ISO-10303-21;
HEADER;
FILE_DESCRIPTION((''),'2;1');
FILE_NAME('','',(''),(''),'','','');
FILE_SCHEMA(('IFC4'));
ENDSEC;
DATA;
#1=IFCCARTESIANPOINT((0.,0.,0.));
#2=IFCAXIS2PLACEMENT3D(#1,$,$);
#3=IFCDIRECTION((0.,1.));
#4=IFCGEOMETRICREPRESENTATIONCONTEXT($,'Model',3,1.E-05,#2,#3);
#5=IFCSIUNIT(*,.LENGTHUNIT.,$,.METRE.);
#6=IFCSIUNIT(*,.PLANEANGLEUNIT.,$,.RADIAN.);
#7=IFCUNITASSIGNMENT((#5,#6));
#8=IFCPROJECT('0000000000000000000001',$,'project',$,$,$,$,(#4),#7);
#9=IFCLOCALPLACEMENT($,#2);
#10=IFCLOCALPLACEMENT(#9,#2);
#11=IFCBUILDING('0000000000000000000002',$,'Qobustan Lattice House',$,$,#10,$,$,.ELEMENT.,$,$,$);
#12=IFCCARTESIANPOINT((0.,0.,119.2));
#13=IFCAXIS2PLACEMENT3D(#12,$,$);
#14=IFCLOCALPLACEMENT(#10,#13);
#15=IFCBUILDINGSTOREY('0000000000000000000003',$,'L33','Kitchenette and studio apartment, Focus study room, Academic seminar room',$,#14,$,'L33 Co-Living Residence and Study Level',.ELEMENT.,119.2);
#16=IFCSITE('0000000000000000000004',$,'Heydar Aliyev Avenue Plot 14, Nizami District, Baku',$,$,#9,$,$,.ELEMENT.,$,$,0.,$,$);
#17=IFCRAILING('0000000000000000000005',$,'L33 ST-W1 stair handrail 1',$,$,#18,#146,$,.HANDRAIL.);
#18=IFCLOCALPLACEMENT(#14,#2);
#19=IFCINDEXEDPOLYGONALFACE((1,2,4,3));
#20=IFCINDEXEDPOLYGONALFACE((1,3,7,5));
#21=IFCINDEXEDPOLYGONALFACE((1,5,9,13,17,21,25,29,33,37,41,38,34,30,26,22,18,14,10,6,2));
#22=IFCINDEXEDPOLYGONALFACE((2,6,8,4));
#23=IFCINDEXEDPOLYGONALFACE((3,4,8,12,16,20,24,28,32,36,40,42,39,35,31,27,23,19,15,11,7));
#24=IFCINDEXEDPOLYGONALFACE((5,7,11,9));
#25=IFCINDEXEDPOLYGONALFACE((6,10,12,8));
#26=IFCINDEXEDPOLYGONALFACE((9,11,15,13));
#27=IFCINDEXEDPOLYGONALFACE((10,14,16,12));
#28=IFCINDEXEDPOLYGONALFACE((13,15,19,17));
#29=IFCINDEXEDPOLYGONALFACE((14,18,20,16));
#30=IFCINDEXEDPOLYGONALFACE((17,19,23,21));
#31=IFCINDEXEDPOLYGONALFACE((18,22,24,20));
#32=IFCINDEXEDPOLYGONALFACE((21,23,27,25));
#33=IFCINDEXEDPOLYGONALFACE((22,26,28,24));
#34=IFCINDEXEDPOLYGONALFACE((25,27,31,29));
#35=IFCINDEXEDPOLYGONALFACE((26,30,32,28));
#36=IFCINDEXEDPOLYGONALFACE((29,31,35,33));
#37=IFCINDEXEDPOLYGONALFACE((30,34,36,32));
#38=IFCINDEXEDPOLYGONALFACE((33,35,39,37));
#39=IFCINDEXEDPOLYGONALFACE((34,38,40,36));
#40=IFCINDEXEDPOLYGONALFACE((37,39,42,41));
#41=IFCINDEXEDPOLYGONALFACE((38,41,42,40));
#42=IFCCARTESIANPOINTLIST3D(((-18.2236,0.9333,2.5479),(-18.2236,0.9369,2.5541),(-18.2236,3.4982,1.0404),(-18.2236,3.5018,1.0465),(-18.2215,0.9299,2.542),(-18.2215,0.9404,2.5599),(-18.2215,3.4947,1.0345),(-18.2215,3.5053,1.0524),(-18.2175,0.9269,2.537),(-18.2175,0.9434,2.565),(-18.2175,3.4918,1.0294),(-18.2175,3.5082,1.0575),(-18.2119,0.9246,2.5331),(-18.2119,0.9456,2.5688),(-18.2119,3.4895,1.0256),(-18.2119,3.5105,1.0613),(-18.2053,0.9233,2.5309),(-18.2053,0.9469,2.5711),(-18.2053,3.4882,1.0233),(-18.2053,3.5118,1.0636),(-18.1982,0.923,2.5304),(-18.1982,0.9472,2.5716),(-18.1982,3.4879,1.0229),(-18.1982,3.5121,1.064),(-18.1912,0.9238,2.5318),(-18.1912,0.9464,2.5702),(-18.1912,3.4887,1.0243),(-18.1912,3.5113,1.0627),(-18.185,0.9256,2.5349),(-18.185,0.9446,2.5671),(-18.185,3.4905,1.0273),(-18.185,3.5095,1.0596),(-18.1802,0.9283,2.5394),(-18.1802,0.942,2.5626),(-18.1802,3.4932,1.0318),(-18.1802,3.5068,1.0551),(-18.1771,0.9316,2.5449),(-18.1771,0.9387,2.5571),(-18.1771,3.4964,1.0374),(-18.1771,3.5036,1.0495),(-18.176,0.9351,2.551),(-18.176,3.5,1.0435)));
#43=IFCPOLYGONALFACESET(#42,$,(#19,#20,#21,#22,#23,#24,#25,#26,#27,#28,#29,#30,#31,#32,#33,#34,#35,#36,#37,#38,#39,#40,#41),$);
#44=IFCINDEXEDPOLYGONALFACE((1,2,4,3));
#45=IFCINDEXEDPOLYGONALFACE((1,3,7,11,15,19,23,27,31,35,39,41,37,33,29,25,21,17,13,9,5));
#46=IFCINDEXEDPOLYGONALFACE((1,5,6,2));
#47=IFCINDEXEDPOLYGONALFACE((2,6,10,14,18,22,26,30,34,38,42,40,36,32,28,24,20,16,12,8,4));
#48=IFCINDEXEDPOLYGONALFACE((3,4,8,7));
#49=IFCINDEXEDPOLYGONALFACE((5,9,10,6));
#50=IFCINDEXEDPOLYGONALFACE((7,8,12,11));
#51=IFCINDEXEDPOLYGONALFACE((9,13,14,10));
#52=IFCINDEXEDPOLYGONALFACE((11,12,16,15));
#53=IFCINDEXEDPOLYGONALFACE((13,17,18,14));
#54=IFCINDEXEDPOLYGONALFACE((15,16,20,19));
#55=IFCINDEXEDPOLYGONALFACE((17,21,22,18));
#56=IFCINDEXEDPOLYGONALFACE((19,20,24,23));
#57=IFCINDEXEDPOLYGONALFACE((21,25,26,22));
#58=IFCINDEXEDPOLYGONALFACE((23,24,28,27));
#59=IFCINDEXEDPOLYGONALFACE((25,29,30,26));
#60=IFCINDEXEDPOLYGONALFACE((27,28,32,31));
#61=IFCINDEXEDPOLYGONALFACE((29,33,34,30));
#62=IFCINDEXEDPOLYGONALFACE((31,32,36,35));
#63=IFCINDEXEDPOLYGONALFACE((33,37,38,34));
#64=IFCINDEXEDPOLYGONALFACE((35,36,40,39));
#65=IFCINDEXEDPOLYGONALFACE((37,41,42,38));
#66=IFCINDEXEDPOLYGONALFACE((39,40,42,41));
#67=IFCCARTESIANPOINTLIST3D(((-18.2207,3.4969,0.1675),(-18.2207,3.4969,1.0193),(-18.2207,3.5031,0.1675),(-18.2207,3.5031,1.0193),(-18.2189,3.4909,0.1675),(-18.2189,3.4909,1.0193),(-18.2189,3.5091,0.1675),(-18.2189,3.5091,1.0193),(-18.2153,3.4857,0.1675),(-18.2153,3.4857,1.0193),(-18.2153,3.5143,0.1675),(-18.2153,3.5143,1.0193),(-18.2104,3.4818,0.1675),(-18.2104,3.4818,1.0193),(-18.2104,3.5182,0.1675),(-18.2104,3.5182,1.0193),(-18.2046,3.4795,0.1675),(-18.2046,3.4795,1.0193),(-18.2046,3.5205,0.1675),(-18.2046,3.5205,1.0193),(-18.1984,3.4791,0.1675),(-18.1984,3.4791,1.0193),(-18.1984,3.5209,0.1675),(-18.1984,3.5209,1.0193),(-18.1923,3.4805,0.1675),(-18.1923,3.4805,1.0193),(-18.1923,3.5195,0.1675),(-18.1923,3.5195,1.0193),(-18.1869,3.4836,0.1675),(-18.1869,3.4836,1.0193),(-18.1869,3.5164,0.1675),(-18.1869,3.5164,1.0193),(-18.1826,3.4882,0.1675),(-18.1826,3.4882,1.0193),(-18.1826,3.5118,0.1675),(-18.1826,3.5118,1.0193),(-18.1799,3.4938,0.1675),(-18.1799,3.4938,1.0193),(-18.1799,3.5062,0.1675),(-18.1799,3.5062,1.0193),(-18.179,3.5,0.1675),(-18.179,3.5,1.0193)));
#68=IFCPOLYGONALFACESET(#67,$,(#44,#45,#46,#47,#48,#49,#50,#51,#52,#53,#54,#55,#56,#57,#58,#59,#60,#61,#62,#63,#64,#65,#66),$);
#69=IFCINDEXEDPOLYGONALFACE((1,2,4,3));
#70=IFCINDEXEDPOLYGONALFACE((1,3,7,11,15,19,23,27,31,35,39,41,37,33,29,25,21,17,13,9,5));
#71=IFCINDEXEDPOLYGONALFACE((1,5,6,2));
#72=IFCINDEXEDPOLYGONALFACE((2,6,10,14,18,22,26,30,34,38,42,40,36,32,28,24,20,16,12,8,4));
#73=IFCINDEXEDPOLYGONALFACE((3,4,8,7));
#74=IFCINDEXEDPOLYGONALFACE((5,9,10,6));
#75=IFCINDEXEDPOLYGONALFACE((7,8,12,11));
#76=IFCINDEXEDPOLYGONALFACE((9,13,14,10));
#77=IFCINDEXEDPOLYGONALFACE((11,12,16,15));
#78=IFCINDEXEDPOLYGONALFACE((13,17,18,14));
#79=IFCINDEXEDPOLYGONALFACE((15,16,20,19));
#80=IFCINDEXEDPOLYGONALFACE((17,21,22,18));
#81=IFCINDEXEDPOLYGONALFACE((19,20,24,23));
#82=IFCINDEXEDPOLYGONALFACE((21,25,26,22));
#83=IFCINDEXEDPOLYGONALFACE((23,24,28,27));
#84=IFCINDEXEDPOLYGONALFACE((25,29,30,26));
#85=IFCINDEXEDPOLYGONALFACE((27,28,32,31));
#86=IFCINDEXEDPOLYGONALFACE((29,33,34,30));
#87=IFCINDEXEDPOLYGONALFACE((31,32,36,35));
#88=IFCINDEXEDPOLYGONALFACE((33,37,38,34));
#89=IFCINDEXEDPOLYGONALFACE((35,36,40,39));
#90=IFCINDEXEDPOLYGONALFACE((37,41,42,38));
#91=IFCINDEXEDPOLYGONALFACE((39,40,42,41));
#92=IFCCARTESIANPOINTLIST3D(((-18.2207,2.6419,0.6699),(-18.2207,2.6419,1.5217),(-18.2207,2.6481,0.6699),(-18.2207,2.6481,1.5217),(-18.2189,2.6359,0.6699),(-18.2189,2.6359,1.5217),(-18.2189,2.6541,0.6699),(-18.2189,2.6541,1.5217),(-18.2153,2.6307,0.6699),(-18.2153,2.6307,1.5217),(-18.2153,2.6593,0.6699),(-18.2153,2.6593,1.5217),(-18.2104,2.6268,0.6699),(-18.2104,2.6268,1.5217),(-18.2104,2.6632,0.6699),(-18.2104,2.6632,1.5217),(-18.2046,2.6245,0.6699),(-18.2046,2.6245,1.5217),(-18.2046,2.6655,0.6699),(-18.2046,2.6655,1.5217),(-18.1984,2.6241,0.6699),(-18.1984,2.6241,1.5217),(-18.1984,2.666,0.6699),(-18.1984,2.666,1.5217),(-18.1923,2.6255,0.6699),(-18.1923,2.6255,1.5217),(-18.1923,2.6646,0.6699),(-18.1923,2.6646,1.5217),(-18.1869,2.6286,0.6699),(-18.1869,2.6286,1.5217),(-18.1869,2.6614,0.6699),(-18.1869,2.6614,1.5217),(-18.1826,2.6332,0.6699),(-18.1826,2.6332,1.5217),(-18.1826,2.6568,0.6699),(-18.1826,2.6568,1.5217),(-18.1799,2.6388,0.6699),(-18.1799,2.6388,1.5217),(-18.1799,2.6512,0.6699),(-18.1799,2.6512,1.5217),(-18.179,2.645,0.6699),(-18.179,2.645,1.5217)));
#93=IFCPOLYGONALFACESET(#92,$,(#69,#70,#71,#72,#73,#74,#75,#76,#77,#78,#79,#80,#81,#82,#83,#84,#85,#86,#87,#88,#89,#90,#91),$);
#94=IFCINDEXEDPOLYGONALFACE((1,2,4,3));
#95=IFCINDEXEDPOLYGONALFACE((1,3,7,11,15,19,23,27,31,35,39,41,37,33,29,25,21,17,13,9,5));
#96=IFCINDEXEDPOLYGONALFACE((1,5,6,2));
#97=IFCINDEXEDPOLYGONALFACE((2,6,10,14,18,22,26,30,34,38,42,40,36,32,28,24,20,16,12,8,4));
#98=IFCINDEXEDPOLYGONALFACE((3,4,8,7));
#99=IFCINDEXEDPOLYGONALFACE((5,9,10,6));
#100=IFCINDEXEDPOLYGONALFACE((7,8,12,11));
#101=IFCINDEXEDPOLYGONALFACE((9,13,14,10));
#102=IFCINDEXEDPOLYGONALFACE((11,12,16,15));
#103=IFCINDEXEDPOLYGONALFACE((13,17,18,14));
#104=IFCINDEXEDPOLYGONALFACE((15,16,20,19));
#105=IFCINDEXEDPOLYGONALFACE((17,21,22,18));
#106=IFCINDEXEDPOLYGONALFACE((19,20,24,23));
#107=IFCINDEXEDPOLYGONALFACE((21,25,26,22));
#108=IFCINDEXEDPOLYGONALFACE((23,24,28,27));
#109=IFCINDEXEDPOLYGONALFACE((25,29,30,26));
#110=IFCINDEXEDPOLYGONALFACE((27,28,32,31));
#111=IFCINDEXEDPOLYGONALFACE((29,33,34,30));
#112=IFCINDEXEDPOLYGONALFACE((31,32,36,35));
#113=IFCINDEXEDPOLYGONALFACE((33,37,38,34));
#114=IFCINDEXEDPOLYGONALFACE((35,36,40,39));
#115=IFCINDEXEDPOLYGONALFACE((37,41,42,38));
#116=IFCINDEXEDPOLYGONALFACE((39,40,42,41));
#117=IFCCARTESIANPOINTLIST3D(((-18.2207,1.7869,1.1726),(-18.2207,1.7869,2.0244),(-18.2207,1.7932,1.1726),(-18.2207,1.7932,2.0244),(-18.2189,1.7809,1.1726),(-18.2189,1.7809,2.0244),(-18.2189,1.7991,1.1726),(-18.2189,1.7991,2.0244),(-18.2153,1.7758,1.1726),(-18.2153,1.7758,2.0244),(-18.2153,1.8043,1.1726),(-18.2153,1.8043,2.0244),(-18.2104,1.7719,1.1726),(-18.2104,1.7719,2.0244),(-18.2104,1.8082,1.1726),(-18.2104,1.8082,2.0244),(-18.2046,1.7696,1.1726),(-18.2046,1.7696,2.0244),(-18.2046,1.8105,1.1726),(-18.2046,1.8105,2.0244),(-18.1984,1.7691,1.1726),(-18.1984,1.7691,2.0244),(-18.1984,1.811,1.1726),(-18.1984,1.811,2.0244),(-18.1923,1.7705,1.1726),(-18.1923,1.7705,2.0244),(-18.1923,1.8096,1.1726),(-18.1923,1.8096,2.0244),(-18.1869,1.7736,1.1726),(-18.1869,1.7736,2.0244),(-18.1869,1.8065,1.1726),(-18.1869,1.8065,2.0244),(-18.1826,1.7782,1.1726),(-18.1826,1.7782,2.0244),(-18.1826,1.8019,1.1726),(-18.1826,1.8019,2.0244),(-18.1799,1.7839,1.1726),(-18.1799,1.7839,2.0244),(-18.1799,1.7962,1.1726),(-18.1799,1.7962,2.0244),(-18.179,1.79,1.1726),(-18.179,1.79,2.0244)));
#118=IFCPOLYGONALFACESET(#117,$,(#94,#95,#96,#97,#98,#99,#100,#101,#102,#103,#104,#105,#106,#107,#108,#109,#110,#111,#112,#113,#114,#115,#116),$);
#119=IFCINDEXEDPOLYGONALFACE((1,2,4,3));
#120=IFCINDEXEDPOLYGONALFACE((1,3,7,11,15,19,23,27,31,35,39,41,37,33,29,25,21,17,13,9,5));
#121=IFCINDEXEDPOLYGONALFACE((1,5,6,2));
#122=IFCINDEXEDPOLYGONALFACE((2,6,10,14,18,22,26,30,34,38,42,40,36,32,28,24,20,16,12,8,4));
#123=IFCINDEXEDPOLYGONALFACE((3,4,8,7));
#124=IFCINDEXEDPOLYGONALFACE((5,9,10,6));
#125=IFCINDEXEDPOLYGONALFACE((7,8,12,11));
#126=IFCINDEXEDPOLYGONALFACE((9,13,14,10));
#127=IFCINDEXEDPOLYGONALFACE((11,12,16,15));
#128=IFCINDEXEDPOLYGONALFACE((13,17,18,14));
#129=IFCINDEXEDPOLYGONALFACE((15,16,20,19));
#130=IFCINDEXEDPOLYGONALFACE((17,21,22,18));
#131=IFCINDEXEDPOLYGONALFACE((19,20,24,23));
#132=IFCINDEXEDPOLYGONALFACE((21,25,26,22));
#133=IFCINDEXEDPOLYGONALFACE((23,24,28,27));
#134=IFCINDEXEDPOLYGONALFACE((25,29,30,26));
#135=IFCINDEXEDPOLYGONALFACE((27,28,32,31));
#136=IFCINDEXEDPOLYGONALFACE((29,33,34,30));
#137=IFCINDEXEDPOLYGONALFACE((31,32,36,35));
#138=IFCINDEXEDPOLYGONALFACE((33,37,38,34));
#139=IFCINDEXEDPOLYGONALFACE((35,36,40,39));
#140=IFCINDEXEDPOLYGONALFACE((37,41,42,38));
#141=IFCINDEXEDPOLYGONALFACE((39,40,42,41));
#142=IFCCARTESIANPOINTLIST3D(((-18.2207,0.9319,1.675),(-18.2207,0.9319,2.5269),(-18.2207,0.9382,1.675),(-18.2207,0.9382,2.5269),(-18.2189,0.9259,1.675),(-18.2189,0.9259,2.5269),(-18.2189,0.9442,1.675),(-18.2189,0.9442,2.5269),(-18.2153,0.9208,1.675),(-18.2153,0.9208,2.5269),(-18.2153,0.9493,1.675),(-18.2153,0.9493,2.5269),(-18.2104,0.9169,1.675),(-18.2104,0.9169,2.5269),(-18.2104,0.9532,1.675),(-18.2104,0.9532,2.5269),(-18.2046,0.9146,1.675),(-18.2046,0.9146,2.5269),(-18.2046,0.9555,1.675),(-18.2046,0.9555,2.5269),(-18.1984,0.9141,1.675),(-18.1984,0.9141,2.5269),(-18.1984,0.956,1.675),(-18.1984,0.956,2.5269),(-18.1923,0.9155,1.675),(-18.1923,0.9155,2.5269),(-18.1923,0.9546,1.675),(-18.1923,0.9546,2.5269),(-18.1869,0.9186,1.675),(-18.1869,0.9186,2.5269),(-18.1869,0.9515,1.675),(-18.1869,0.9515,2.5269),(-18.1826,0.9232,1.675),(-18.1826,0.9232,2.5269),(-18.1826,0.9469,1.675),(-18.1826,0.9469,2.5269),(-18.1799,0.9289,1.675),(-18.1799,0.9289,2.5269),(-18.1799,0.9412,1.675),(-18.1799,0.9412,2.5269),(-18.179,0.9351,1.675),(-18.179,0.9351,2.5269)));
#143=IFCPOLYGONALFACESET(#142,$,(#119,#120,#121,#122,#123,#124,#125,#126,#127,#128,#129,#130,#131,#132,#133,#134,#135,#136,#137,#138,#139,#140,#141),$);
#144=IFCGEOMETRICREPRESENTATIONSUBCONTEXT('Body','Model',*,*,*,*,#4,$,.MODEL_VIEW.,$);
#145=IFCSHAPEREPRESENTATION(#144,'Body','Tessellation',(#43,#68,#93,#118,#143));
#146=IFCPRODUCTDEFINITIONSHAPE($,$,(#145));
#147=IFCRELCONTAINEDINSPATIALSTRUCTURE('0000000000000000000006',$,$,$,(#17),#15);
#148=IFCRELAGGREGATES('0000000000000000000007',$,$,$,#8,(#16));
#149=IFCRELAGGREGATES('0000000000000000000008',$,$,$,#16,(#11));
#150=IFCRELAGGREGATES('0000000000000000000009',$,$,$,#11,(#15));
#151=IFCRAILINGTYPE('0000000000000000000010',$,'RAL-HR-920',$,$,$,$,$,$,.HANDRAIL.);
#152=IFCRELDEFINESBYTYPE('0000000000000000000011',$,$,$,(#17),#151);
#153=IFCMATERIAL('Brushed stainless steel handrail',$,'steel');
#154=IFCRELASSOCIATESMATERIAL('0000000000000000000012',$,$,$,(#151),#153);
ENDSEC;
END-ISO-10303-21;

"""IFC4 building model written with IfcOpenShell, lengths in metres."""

from ifc_helpers import new_model, si_unit, direction, frame, origin, origin_2d, place, context, subcontext, project, spatial, circle, extrude, material, type_object, element, save


model = new_model("IFC4")

# Units and contexts
model_context = context("Model", 3, precision=1e-05, world=origin(), true_north=direction((0.0, 1.0)))
body_context = subcontext(model_context, "Body", "Model", "MODEL_VIEW")
ifc_project = project(units=[si_unit("LENGTHUNIT", "METRE"), si_unit("PLANEANGLEUNIT", "RADIAN")], contexts=[model_context])

# Site, building, storey
site_placement = place(None, origin())
site = spatial("IfcSite", under=ifc_project, at=site_placement, Name="Heydar Aliyev Avenue Plot 14, Nizami District, Baku", CompositionType="ELEMENT", RefElevation=0.0)
building_placement = place(site_placement, origin())
building = spatial("IfcBuilding", under=site, at=building_placement, Name="Qobustan Lattice House", CompositionType="ELEMENT")
storey_placement = place(building_placement, frame((0.0, 0.0, 119.2)))
storey = spatial("IfcBuildingStorey", under=building, at=storey_placement, Name="L33", Description="Kitchenette and studio apartment, Focus study room, Academic seminar room", LongName="L33 Co-Living Residence and Study Level", CompositionType="ELEMENT", Elevation=119.2)

# Railing
ifc_material_1 = material(Name="Brushed stainless steel handrail", Category="steel")
railing_type = type_object("IfcRailingType", Name="RAL-HR-920", PredefinedType="HANDRAIL", material=ifc_material_1)
railing_placement = place(storey_placement, frame((-18.2, 3.5, 0.1675)))
element("IfcRailing", 1, at=railing_placement, inside=storey, type_object=railing_type, Name="L33 ST-W1 stair handrail 1", PredefinedType="HANDRAIL", context=body_context, shape_type="SweptSolid", body=[
    extrude(circle(Radius=0.0239, at=origin_2d()), frame((0.0, 0.0, 0.876), z_axis=(0.0, -0.862113, 0.506715), x_axis=(1.0, 0.0, 0.0)), (0.0, 0.0, 1.0), 2.9751),
    extrude(circle(Radius=0.021, at=origin_2d()), origin(), (0.0, 0.0, 1.0), 0.8518),
    extrude(circle(Radius=0.021, at=origin_2d()), frame((0.0, -0.855, 0.5024)), (0.0, 0.0, 1.0), 0.8518),
    extrude(circle(Radius=0.021, at=origin_2d()), frame((0.0, -1.71, 1.0051)), (0.0, 0.0, 1.0), 0.8518),
    extrude(circle(Radius=0.021, at=origin_2d()), frame((0.0, -2.5649, 1.5076)), (0.0, 0.0, 1.0), 0.8518),
])

save(model, "model.ifc")
